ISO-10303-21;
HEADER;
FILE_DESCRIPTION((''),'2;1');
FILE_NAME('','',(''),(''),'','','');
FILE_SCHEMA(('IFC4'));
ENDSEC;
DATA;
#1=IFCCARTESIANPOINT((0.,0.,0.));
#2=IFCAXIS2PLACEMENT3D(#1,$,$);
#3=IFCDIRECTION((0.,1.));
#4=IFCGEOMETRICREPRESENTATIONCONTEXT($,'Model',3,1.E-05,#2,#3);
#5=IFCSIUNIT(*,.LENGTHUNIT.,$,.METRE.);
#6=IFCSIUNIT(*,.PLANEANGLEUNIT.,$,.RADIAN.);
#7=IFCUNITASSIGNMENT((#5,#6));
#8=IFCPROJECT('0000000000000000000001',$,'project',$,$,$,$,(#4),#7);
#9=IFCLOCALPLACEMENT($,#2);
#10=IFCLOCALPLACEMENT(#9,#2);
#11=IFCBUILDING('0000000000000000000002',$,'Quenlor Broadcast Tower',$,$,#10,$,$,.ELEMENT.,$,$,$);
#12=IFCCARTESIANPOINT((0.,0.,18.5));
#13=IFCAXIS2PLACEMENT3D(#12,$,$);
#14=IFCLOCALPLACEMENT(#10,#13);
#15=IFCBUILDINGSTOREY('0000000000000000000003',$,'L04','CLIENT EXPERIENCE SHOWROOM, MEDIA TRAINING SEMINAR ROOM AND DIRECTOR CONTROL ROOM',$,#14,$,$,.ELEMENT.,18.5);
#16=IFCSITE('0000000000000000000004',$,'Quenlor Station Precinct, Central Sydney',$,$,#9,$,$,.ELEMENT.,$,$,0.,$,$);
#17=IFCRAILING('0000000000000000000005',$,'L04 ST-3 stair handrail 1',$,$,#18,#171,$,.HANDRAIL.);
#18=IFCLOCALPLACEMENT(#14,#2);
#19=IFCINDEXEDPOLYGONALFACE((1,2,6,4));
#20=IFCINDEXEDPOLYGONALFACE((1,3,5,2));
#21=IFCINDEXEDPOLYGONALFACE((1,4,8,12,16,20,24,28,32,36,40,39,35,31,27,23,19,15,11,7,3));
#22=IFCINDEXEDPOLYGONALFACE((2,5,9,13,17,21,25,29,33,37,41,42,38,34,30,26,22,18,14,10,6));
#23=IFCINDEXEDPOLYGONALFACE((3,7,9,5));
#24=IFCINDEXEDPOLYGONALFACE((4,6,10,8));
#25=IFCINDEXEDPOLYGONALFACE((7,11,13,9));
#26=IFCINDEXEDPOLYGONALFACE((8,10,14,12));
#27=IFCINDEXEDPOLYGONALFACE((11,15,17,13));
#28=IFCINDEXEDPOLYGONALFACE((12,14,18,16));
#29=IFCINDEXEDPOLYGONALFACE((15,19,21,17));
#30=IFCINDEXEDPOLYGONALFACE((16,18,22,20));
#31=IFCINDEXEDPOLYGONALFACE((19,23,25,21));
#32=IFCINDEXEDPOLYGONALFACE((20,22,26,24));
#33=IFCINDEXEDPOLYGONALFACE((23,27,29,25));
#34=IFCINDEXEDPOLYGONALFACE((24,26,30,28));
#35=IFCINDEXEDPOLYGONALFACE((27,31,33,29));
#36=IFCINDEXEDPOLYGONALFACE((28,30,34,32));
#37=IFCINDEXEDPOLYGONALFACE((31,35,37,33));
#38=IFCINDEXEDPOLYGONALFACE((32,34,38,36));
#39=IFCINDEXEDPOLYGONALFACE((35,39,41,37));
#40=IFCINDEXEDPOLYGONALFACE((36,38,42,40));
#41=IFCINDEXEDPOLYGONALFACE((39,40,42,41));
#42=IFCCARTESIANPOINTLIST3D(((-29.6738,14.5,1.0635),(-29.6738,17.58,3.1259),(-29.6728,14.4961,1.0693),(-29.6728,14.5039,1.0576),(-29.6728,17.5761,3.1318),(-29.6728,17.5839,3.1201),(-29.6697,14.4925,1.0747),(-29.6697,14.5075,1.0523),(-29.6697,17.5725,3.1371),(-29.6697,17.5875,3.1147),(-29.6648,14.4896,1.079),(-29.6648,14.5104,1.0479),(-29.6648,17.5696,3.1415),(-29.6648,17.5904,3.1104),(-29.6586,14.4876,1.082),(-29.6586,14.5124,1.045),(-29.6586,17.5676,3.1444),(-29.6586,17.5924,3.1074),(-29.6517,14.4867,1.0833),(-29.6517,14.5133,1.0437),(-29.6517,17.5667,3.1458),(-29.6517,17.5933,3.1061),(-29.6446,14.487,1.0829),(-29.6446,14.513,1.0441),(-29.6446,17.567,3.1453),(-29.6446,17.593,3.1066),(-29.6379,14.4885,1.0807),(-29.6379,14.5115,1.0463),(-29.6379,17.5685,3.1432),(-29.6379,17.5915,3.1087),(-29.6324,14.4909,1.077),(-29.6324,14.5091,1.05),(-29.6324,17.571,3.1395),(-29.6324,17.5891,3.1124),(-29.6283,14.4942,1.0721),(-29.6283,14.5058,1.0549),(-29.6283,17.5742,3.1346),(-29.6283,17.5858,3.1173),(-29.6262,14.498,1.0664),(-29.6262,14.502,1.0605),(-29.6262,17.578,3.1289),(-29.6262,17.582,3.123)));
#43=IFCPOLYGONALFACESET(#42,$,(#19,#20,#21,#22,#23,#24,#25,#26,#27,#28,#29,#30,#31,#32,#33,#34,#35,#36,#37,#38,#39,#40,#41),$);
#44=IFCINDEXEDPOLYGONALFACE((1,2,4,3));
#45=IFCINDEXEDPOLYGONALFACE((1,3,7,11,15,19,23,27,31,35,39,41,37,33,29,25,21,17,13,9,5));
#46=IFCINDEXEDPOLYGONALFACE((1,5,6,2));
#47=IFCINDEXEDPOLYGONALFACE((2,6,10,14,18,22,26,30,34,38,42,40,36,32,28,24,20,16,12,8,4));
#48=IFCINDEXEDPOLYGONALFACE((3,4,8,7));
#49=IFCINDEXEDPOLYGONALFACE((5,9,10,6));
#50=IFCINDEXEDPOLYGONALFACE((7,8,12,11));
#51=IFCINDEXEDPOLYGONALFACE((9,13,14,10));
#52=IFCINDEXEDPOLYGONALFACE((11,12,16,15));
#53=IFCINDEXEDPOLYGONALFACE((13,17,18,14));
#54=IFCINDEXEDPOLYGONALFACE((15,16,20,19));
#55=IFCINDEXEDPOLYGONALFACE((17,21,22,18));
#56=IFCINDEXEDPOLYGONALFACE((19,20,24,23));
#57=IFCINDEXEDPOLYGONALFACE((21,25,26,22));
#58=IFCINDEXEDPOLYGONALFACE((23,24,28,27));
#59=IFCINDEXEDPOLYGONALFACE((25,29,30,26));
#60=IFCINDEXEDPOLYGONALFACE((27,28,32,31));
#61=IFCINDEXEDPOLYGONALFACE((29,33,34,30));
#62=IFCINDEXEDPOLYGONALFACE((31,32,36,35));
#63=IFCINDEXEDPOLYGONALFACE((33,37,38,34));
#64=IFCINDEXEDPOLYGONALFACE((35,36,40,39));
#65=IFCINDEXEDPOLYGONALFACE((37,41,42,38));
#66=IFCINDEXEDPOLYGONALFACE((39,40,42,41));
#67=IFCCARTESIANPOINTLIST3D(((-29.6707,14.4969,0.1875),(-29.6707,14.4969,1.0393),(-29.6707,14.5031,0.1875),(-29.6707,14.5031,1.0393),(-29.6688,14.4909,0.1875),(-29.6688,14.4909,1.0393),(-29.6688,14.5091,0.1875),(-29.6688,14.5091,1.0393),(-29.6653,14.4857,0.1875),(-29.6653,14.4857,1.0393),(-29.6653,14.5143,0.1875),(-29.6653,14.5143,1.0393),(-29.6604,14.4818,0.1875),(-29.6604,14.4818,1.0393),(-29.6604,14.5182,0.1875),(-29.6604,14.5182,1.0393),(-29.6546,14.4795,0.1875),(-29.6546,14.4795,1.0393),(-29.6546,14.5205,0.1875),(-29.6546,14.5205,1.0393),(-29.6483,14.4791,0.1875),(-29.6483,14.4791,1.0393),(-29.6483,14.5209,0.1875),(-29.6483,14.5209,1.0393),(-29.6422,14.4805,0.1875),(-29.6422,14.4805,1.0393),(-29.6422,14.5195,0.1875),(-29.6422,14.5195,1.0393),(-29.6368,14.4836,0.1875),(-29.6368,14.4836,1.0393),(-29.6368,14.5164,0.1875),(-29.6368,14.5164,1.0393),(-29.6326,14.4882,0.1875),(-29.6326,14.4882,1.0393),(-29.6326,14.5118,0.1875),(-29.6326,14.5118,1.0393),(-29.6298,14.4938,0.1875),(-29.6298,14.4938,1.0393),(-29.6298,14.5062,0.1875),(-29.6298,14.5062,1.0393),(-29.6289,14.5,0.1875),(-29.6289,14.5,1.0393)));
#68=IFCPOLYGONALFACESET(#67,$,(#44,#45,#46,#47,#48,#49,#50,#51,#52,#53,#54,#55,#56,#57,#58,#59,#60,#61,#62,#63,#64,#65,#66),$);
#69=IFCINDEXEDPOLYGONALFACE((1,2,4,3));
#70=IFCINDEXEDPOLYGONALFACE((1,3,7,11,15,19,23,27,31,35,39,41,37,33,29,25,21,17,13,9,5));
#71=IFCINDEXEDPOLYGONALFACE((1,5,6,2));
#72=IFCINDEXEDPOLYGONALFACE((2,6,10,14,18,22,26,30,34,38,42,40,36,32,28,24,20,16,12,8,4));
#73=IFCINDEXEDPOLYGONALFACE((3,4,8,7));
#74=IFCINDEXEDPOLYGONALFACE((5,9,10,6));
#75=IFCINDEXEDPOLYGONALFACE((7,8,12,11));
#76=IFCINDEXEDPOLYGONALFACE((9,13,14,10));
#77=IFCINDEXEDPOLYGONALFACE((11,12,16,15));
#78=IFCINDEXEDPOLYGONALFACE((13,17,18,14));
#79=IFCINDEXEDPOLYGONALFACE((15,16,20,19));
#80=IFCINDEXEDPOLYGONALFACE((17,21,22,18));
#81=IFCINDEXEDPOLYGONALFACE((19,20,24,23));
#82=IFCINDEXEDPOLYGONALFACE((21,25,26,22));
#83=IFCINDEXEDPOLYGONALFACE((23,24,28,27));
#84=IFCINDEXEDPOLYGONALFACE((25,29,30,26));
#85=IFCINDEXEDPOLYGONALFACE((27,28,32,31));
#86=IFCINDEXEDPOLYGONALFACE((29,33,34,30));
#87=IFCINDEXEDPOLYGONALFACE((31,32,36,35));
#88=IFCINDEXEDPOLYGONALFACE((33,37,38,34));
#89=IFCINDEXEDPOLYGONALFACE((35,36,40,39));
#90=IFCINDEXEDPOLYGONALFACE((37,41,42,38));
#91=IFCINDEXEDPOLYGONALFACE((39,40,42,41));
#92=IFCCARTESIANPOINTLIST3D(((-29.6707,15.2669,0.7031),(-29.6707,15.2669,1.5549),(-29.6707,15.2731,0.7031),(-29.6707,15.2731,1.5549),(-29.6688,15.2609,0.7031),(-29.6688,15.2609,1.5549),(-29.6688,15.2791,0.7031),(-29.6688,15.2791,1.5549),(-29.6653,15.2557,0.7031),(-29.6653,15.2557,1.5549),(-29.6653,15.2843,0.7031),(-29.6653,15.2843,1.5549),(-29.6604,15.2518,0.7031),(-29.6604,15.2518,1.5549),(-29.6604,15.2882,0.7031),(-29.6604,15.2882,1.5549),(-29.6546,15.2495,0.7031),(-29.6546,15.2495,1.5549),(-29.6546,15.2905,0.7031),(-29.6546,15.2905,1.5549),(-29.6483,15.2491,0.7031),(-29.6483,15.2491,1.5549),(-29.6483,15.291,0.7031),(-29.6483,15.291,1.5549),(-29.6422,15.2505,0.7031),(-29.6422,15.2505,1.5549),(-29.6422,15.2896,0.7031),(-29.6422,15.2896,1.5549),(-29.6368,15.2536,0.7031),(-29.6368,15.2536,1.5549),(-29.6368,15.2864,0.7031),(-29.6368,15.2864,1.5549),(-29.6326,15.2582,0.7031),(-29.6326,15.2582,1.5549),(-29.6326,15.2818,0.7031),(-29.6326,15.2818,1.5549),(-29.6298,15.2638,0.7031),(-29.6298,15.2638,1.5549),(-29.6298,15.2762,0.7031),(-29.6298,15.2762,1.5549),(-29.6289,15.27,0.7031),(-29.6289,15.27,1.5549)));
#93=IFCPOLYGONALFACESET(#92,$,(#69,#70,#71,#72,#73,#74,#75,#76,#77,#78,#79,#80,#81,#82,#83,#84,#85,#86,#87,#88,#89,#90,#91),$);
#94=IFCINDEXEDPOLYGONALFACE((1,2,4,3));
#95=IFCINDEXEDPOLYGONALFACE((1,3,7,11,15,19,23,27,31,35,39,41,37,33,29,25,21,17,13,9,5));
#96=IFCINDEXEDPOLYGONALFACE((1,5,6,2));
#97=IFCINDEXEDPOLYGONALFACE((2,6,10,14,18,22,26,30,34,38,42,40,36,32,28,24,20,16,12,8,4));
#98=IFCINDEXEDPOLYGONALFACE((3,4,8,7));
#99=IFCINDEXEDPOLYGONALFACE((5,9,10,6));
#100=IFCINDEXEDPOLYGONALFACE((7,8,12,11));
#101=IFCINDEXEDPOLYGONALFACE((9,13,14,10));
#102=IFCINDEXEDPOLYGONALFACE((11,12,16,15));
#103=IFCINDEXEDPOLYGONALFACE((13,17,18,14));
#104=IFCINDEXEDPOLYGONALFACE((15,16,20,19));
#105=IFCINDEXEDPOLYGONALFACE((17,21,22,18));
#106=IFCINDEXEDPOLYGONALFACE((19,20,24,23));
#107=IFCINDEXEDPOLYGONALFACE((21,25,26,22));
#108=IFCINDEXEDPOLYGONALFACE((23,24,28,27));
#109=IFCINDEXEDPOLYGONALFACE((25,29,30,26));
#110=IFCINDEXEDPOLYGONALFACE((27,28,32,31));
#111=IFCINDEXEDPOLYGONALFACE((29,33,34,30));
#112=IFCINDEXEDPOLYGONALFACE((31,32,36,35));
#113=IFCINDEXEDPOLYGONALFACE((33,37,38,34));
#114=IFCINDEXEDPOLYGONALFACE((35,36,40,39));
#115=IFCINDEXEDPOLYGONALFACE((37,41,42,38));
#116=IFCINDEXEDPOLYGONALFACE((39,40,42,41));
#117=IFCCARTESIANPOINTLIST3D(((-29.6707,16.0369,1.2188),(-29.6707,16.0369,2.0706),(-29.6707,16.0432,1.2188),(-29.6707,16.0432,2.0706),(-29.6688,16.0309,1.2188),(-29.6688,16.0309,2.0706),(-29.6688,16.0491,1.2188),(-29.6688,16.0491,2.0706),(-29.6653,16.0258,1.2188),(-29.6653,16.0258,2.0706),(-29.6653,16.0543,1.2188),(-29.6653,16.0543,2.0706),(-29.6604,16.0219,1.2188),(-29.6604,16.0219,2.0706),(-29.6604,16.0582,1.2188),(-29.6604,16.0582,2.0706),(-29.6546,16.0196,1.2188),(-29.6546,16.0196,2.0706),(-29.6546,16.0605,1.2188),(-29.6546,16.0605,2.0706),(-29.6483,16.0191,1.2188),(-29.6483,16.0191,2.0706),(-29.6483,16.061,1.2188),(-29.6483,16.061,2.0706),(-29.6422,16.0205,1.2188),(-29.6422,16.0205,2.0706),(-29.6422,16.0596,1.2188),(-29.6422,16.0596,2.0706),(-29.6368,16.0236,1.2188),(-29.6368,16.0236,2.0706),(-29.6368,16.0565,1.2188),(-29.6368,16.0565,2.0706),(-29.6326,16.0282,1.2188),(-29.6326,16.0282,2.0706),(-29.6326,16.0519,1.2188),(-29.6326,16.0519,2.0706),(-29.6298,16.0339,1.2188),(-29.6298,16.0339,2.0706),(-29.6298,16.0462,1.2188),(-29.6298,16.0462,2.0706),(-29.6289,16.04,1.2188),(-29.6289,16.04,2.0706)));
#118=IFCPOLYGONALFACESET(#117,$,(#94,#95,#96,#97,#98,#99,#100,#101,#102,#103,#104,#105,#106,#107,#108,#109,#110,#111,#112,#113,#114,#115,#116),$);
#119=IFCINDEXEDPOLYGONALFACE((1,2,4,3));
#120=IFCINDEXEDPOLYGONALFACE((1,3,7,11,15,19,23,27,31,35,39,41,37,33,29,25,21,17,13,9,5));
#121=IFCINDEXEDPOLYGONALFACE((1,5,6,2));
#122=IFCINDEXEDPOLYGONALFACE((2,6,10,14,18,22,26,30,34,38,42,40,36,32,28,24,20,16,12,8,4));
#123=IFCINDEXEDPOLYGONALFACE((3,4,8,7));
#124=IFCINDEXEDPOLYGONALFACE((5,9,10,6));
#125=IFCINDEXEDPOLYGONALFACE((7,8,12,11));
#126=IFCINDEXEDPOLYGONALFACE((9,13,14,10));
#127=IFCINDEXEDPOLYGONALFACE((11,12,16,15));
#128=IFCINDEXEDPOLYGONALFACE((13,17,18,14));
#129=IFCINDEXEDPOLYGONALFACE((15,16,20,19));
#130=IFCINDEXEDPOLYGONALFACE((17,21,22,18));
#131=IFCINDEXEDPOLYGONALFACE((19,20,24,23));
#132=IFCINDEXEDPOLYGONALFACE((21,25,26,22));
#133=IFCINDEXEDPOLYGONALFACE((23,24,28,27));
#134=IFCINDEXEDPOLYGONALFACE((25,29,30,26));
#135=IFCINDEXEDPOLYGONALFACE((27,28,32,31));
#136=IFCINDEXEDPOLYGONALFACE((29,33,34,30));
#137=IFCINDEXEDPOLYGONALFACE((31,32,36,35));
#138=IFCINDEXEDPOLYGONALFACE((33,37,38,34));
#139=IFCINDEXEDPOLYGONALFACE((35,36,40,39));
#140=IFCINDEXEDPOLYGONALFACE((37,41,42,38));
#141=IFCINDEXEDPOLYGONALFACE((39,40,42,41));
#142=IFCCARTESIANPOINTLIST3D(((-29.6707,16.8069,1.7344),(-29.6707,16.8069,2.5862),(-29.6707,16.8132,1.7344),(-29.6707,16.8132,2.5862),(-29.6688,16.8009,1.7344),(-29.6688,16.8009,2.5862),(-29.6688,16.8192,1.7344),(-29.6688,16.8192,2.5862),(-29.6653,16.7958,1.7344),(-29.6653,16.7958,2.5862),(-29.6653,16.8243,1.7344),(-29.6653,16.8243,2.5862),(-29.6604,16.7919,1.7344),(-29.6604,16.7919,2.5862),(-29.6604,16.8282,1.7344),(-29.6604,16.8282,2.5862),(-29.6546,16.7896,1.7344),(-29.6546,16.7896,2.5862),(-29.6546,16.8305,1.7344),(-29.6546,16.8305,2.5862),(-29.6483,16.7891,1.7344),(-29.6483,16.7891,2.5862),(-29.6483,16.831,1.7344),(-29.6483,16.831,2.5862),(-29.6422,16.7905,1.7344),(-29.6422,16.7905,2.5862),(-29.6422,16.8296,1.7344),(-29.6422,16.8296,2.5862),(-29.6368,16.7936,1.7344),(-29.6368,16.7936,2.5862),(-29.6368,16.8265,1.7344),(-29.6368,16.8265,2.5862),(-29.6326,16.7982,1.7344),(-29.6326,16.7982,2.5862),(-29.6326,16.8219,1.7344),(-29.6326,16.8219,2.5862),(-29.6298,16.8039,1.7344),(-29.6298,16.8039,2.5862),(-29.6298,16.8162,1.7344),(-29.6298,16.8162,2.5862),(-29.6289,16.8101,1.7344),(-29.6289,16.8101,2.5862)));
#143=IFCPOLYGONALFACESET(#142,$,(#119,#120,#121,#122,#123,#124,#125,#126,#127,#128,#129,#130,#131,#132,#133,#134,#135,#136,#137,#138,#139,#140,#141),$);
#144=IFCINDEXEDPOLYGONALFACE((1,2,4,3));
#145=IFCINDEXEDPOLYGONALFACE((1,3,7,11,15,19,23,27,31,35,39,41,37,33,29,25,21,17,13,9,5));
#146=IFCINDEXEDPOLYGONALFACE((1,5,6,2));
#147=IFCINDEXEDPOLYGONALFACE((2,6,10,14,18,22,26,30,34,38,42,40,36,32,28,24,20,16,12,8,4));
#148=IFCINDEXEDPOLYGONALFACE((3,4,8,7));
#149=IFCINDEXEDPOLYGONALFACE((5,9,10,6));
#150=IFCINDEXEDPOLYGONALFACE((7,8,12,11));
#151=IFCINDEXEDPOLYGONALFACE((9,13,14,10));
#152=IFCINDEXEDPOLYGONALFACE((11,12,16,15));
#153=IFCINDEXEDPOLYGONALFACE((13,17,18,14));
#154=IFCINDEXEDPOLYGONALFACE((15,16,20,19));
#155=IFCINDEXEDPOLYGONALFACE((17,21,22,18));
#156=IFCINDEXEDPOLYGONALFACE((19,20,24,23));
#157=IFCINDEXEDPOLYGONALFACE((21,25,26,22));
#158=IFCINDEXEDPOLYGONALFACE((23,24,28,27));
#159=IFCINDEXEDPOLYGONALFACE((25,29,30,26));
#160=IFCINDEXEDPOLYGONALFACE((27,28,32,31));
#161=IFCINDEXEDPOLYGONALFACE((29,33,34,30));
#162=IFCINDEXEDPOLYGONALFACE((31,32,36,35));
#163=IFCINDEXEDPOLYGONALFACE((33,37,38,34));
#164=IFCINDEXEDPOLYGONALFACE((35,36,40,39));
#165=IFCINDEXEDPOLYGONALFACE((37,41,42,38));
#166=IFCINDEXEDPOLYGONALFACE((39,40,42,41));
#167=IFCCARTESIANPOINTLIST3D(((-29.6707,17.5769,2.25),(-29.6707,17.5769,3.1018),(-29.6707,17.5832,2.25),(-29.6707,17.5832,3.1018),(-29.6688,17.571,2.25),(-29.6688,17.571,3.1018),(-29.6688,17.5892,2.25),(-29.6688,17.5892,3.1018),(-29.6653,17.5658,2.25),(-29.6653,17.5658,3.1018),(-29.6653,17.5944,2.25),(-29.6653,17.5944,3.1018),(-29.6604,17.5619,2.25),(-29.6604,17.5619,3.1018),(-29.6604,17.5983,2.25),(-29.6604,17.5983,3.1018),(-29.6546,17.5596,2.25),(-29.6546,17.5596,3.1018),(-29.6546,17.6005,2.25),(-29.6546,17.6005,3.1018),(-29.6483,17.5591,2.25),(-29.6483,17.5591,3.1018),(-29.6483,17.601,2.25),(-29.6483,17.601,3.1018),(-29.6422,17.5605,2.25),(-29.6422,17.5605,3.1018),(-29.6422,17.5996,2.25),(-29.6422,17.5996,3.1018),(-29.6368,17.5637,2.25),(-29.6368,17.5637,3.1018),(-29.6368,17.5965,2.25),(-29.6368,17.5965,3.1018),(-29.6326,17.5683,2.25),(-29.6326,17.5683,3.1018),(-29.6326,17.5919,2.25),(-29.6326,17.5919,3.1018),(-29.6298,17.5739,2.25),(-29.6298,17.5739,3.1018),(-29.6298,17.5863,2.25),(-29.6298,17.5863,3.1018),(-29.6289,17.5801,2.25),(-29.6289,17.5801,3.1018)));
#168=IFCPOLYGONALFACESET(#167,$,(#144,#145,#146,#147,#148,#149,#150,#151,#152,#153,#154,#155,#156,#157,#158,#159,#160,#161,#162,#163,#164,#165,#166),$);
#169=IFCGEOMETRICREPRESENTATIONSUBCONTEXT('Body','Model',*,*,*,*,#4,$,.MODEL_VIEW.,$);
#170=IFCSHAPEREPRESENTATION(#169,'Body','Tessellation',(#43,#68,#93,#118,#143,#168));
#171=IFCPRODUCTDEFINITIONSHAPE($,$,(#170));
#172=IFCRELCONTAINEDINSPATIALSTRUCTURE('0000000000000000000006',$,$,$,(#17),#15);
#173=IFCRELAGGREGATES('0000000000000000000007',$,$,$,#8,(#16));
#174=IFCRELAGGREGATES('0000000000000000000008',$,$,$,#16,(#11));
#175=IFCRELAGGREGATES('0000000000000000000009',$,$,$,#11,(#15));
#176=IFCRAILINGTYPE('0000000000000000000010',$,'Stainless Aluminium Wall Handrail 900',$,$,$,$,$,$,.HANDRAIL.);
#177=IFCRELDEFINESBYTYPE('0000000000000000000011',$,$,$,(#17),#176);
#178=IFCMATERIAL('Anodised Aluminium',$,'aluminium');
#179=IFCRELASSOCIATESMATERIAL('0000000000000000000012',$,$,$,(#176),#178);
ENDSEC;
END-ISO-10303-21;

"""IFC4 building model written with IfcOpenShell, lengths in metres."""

from ifc_helpers import new_model, si_unit, direction, frame, origin, origin_2d, place, context, subcontext, project, spatial, circle, extrude, material, type_object, element, save


model = new_model("IFC4")

# Units and contexts
model_context = context("Model", 3, precision=1e-05, world=origin(), true_north=direction((0.0, 1.0)))
body_context = subcontext(model_context, "Body", "Model", "MODEL_VIEW")
ifc_project = project(units=[si_unit("LENGTHUNIT", "METRE"), si_unit("PLANEANGLEUNIT", "RADIAN")], contexts=[model_context])

# Site, building, storey
site_placement = place(None, origin())
site = spatial("IfcSite", under=ifc_project, at=site_placement, Name="Quenlor Station Precinct, Central Sydney", CompositionType="ELEMENT", RefElevation=0.0)
building_placement = place(site_placement, origin())
building = spatial("IfcBuilding", under=site, at=building_placement, Name="Quenlor Broadcast Tower", CompositionType="ELEMENT")
storey_placement = place(building_placement, frame((0.0, 0.0, 18.5)))
storey = spatial("IfcBuildingStorey", under=building, at=storey_placement, Name="L04", Description="CLIENT EXPERIENCE SHOWROOM, MEDIA TRAINING SEMINAR ROOM AND DIRECTOR CONTROL ROOM", CompositionType="ELEMENT", Elevation=18.5)

# Railing
ifc_material_1 = material(Name="Anodised Aluminium", Category="aluminium")
railing_type_1 = type_object("IfcRailingType", Name="Stainless Aluminium Wall Handrail 900", PredefinedType="HANDRAIL", material=ifc_material_1)
railing_1_placement = place(storey_placement, frame((-29.6499, 14.5, 0.1875)))
element("IfcRailing", 1, at=railing_1_placement, inside=storey, type_object=railing_type_1, Name="L04 ST-3 stair handrail 1", PredefinedType="HANDRAIL", context=body_context, shape_type="SweptSolid", body=[
    extrude(circle(Radius=0.0239, at=origin_2d()), frame((0.0, 0.0, 0.876), z_axis=(0.0, 0.830914, 0.556401), x_axis=(-1.0, 0.0, 0.0)), (0.0, 0.0, 1.0), 3.7068),
    extrude(circle(Radius=0.021, at=origin_2d()), origin(), (0.0, 0.0, 1.0), 0.8518),
    extrude(circle(Radius=0.021, at=origin_2d()), frame((0.0, 0.77, 0.5156)), (0.0, 0.0, 1.0), 0.8518),
    extrude(circle(Radius=0.021, at=origin_2d()), frame((0.0, 1.54, 1.0312)), (0.0, 0.0, 1.0), 0.8518),
    extrude(circle(Radius=0.021, at=origin_2d()), frame((0.0, 2.3101, 1.5469)), (0.0, 0.0, 1.0), 0.8518),
    extrude(circle(Radius=0.021, at=origin_2d()), frame((0.0, 3.0801, 2.0625)), (0.0, 0.0, 1.0), 0.8518),
])

save(model, "model.ifc")
